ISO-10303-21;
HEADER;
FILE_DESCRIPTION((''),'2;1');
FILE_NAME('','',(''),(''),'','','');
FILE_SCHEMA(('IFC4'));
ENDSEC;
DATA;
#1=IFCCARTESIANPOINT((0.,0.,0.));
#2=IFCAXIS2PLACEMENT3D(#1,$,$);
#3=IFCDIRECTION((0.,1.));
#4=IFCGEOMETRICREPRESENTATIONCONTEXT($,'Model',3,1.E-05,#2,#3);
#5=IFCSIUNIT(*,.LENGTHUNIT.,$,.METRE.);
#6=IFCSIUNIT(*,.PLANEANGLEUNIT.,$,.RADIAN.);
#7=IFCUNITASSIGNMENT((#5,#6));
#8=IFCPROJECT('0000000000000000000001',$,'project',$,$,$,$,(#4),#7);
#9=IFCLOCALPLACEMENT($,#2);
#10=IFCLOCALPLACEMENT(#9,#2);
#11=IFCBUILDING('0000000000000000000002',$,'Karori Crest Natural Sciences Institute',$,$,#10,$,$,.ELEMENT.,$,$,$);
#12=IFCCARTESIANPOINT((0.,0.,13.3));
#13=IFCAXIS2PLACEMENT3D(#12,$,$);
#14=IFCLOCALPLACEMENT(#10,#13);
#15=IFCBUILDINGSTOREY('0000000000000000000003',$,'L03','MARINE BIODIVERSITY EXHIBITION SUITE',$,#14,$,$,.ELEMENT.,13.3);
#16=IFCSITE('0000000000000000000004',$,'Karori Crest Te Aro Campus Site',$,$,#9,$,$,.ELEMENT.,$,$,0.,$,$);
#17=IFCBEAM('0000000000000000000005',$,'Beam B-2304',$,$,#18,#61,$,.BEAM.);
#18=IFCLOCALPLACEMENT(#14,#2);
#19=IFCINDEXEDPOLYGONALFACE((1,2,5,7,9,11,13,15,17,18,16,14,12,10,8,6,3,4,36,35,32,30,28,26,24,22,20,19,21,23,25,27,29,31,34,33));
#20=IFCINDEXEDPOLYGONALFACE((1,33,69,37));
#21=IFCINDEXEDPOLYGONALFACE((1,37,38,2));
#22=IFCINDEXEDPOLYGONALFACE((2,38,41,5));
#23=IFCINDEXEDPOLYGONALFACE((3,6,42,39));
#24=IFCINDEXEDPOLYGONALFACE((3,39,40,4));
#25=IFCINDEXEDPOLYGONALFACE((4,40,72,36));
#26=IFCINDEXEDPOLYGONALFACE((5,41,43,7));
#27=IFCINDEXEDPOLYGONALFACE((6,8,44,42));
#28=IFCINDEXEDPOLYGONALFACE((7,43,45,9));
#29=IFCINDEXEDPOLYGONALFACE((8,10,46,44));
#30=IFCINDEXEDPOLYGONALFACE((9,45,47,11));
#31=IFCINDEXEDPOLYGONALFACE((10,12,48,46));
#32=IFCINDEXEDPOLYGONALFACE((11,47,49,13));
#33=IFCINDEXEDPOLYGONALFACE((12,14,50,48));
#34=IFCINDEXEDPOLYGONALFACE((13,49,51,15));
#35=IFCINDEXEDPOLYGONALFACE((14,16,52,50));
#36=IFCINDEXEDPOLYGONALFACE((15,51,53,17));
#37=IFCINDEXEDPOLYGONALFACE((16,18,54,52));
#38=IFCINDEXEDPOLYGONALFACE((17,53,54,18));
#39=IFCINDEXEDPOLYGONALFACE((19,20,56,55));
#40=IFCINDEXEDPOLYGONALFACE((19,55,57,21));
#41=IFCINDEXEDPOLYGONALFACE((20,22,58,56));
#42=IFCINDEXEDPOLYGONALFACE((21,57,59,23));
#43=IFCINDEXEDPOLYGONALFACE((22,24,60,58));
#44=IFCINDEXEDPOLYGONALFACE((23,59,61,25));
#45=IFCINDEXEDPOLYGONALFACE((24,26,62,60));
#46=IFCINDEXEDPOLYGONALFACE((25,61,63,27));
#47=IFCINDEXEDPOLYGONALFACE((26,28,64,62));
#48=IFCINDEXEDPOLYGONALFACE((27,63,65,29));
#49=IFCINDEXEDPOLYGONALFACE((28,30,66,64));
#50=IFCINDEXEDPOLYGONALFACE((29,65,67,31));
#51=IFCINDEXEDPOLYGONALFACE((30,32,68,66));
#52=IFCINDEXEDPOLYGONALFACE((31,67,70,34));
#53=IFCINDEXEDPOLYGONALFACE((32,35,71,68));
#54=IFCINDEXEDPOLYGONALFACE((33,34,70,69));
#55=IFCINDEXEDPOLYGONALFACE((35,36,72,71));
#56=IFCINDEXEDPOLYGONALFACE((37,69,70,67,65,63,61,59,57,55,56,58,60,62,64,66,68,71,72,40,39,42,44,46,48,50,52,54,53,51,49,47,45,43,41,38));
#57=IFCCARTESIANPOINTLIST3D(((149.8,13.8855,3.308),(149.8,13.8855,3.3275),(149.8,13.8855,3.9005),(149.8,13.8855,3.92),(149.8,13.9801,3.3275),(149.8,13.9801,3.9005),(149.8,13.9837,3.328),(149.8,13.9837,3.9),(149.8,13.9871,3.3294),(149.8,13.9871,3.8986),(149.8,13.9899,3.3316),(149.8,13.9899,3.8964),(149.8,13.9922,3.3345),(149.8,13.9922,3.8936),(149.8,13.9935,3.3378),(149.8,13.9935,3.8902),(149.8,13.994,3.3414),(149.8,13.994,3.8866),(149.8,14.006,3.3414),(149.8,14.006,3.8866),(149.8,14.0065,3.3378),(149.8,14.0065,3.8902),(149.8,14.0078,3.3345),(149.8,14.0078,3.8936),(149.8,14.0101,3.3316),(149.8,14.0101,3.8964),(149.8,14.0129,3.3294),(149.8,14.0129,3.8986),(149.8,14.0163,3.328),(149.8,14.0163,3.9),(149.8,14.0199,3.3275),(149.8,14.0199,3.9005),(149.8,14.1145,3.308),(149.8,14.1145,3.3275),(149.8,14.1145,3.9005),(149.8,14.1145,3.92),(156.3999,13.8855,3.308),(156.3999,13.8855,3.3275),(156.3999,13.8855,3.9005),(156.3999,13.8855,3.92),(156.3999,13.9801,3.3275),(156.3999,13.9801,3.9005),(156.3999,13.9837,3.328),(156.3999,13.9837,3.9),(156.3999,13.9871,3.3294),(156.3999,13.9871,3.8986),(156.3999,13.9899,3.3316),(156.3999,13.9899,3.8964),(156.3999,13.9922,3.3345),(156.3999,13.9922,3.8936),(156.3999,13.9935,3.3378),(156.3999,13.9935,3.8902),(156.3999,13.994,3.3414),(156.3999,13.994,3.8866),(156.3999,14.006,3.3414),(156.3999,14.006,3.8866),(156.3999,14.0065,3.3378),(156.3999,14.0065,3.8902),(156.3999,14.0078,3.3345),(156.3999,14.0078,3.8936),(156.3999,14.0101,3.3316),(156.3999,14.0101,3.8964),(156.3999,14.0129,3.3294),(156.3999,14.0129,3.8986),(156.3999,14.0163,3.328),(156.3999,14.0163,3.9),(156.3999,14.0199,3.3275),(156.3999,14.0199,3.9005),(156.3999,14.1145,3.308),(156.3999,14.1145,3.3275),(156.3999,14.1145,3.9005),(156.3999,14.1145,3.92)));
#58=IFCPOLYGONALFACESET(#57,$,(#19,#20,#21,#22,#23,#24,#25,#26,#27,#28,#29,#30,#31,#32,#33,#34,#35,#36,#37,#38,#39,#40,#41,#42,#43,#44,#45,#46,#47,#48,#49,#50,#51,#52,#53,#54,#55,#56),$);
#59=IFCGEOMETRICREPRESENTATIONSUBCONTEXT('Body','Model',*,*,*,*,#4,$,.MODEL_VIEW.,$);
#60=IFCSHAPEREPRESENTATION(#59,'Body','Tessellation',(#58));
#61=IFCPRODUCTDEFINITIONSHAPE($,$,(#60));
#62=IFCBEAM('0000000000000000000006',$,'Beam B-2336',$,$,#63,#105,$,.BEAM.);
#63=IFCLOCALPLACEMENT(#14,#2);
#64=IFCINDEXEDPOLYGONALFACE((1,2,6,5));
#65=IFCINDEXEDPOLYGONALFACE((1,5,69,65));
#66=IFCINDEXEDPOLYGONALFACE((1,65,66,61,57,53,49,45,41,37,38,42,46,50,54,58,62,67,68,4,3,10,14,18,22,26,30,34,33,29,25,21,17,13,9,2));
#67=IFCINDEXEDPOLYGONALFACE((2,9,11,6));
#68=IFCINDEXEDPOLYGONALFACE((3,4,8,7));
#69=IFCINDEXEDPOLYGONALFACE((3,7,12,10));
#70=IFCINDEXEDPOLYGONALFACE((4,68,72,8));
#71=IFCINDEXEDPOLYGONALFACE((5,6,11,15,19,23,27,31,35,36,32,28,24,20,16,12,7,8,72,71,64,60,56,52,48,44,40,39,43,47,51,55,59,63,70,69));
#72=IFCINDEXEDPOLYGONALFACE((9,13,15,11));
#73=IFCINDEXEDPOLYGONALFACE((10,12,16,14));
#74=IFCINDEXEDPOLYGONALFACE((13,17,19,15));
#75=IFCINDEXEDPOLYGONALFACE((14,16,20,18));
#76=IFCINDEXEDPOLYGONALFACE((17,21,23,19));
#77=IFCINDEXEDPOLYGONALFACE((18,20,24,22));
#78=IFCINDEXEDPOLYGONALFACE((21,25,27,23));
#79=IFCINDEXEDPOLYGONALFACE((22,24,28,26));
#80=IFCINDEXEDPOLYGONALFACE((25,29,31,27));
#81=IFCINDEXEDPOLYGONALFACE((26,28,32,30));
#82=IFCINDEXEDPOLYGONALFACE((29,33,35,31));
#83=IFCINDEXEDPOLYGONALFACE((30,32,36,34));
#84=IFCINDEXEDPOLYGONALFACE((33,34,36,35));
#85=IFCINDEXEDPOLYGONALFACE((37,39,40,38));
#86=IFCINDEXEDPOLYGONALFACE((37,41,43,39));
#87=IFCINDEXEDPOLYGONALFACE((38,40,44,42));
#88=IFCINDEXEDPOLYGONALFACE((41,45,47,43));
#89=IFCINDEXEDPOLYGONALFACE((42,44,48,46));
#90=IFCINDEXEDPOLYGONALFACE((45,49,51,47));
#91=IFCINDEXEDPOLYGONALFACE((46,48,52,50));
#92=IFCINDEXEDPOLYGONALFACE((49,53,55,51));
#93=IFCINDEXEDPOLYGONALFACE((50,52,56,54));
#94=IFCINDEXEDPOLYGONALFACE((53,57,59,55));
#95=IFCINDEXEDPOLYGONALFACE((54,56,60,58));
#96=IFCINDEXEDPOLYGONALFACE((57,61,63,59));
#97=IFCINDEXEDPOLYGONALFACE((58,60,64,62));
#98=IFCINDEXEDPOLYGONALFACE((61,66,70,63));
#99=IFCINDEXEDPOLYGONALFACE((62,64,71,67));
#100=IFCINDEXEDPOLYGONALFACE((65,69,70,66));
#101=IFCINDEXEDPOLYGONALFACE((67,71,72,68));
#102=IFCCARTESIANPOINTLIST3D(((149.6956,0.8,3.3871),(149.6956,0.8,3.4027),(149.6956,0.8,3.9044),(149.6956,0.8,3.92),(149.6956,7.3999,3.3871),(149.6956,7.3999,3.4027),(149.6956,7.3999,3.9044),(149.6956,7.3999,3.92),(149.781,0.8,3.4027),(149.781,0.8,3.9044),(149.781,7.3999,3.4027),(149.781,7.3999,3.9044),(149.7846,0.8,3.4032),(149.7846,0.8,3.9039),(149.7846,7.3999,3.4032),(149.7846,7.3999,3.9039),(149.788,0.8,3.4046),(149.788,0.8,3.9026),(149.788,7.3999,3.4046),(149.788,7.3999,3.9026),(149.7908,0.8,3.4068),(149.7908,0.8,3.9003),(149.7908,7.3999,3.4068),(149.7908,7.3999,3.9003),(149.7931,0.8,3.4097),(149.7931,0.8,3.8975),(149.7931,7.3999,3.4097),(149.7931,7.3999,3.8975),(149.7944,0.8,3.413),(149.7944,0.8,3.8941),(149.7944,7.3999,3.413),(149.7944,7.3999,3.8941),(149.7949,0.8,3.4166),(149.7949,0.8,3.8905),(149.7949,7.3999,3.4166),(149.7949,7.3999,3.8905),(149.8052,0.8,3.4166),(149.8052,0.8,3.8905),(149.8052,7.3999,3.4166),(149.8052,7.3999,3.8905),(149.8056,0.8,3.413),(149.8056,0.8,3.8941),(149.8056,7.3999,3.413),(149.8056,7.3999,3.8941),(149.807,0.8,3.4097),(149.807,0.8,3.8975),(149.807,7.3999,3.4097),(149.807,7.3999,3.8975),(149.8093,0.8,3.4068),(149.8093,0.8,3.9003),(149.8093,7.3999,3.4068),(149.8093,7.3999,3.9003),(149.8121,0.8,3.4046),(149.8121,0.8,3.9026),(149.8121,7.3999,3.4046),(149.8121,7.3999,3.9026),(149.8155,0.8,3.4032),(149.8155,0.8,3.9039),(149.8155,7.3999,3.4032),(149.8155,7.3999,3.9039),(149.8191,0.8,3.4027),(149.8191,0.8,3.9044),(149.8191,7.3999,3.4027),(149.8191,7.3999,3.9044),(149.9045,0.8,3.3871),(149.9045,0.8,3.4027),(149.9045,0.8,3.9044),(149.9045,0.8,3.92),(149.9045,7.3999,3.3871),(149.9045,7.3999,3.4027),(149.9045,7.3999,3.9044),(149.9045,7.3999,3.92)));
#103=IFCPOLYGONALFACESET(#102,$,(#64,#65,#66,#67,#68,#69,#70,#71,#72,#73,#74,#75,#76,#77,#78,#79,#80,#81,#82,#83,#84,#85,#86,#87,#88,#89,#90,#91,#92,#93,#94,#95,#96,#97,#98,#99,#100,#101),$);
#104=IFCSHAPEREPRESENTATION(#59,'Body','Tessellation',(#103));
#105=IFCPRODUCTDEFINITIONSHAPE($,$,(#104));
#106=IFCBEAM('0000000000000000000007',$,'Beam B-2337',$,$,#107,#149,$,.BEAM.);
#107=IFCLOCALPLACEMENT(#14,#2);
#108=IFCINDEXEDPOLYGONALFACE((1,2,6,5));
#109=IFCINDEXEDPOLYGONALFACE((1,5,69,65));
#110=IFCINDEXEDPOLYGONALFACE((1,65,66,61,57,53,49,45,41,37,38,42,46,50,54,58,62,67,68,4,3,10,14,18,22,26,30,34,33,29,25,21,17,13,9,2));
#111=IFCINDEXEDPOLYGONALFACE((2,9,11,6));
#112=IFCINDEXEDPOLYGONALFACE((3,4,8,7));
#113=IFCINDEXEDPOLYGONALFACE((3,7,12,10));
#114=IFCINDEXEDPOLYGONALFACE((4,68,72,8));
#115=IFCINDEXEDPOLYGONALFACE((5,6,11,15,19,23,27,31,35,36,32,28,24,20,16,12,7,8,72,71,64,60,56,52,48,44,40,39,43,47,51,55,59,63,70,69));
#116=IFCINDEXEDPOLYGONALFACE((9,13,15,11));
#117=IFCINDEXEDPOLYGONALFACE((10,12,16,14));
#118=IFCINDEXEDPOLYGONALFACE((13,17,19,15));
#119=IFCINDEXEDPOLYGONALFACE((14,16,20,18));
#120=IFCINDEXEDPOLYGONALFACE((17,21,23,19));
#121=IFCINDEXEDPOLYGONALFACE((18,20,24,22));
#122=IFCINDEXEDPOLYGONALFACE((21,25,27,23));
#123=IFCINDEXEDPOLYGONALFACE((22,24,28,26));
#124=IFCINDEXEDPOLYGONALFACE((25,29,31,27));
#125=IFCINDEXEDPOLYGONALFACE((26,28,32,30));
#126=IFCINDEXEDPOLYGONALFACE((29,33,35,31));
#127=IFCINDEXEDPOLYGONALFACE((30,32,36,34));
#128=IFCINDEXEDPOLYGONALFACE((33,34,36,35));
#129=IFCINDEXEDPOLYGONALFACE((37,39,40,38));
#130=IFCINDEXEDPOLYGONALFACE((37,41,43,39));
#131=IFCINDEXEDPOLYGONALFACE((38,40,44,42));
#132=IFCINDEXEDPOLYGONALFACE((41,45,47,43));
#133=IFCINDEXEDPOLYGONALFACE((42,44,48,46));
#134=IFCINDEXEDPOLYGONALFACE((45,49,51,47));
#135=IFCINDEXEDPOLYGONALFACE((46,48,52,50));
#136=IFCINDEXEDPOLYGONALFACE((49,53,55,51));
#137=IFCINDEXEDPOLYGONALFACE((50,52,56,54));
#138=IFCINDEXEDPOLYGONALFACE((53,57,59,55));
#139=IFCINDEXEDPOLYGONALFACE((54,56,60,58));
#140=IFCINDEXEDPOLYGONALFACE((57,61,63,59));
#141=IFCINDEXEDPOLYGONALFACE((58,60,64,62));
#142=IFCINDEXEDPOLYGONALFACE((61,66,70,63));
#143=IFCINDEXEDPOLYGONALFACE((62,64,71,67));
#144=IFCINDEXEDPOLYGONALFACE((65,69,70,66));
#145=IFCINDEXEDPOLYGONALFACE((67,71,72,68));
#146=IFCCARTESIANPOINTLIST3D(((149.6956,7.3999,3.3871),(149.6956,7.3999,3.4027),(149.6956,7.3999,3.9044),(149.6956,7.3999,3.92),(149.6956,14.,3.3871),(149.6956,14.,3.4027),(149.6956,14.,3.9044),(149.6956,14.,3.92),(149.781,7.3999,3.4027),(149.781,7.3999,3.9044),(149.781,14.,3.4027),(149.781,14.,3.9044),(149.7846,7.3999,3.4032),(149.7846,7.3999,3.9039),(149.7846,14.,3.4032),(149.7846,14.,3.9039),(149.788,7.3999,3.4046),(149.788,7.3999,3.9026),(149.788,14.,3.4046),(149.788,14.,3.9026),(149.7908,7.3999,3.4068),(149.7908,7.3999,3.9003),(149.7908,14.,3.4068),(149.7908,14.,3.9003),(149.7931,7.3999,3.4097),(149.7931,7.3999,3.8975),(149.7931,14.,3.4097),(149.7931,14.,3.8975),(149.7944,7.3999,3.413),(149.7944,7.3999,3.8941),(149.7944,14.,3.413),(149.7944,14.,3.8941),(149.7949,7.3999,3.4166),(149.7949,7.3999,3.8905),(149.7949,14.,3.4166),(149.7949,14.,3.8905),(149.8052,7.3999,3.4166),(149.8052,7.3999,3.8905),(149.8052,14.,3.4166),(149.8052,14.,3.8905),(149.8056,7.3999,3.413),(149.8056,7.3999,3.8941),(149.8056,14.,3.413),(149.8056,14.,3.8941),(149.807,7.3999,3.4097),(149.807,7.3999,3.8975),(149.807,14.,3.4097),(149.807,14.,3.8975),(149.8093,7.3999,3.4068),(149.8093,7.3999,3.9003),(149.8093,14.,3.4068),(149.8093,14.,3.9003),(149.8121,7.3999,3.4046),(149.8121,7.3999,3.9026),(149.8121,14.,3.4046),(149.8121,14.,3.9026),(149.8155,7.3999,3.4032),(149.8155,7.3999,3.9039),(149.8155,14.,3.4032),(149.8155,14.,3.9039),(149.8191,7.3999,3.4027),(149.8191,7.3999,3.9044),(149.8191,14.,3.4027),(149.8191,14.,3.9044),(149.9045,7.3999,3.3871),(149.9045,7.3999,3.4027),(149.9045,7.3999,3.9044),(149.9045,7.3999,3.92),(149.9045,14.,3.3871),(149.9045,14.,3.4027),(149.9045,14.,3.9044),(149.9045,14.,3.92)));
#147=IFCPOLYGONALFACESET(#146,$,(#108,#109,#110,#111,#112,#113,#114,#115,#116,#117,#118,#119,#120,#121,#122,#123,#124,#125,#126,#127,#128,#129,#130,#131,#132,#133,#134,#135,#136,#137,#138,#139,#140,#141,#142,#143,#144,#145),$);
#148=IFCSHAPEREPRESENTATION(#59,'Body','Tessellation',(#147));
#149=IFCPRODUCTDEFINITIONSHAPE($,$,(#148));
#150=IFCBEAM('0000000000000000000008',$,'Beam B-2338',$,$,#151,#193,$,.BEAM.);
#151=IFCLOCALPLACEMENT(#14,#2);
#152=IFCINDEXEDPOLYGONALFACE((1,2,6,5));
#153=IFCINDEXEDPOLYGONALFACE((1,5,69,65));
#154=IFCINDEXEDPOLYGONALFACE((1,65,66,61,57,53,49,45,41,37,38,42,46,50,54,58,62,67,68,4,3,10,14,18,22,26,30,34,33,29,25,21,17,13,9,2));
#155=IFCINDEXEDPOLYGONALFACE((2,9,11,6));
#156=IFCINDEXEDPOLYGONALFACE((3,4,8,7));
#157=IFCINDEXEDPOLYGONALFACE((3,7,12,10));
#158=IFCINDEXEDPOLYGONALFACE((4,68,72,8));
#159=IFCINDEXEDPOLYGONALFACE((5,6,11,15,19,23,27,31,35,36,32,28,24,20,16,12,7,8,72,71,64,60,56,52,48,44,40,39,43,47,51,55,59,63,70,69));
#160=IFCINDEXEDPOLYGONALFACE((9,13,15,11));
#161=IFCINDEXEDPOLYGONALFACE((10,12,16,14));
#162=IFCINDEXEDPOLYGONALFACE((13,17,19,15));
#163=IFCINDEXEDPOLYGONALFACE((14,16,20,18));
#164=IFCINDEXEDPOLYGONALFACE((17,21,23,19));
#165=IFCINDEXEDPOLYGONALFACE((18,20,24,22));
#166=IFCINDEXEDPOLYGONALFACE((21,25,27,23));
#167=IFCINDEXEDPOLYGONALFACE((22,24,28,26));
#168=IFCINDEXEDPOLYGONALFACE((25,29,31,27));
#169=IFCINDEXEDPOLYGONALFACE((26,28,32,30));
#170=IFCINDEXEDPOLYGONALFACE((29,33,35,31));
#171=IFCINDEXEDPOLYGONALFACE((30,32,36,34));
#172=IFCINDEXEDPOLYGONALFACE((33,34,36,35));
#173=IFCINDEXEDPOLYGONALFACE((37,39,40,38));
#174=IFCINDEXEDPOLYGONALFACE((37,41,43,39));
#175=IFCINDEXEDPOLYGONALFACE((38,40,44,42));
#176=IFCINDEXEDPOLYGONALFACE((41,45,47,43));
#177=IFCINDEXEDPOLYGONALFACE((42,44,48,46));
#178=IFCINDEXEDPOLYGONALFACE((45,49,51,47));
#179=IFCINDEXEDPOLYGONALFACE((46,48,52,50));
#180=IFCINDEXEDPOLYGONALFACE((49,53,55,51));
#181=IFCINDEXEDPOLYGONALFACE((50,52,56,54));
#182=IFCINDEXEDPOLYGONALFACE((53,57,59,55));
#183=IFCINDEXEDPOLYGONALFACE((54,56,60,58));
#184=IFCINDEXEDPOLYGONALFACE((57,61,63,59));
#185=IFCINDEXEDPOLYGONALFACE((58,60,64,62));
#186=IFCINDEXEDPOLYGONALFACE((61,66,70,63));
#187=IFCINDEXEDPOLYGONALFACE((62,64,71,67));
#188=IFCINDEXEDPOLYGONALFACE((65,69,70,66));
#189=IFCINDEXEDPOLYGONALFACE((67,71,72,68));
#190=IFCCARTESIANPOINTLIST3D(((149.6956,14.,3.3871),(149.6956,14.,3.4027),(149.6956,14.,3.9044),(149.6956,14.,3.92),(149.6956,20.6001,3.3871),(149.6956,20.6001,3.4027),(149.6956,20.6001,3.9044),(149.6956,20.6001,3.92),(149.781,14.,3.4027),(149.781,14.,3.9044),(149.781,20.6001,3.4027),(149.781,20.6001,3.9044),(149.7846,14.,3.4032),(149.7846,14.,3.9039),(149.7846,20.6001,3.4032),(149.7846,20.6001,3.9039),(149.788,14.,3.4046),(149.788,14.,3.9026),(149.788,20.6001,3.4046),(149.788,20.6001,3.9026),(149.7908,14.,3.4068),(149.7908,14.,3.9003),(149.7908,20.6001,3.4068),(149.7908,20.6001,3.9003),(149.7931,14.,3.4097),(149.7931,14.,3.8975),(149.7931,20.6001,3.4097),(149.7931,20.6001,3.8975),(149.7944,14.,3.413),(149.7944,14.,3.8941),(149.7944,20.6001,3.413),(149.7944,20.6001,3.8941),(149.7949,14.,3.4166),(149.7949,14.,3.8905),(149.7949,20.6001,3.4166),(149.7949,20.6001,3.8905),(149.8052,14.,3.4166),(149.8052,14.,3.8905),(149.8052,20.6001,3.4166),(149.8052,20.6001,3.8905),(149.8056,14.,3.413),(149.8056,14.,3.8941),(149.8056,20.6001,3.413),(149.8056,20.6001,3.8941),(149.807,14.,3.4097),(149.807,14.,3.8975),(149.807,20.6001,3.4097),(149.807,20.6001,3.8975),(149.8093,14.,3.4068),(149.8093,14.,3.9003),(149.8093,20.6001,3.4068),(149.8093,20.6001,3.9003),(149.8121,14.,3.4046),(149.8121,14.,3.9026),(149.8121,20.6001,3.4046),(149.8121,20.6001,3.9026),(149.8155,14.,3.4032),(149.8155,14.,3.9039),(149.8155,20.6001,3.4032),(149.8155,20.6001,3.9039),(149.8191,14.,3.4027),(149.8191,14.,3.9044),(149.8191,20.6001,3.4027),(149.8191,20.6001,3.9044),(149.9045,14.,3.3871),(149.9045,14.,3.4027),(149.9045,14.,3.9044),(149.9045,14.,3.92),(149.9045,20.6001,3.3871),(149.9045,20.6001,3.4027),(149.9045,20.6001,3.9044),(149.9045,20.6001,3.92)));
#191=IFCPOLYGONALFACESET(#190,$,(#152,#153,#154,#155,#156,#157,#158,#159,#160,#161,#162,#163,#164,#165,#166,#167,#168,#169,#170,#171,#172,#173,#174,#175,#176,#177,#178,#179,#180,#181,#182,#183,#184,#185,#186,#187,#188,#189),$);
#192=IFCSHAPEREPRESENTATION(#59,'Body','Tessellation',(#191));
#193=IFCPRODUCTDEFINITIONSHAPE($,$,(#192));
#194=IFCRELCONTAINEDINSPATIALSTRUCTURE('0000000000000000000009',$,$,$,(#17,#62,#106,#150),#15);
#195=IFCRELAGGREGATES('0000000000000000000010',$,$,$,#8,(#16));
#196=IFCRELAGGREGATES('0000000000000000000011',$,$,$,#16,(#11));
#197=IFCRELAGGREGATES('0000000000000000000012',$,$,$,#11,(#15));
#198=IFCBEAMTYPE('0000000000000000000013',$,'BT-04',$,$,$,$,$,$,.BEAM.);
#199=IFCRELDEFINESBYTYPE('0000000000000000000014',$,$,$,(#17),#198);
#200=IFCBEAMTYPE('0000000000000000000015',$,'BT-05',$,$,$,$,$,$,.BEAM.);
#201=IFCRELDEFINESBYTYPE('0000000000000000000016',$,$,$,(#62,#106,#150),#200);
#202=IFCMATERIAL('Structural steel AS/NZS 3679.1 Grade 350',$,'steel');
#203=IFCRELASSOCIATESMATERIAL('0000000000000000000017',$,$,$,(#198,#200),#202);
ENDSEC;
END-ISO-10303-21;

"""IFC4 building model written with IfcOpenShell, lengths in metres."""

from ifc_helpers import new_model, si_unit, direction, frame, origin, origin_2d, place, context, subcontext, project, spatial, i_section, extrude, material, material_profile, profile_set, type_object, element, save


model = new_model("IFC4")

# Units and contexts
model_context = context("Model", 3, precision=1e-05, world=origin(), true_north=direction((0.0, 1.0)))
body_context = subcontext(model_context, "Body", "Model", "MODEL_VIEW")
ifc_project = project(units=[si_unit("LENGTHUNIT", "METRE"), si_unit("PLANEANGLEUNIT", "RADIAN")], contexts=[model_context])

# Site, building, storey
site_placement = place(None, origin())
site = spatial("IfcSite", under=ifc_project, at=site_placement, Name="Karori Crest Te Aro Campus Site", CompositionType="ELEMENT", RefElevation=0.0)
building_placement = place(site_placement, origin())
building = spatial("IfcBuilding", under=site, at=building_placement, Name="Karori Crest Natural Sciences Institute", CompositionType="ELEMENT")
storey_placement = place(building_placement, frame((0.0, 0.0, 13.3)))
storey = spatial("IfcBuildingStorey", under=building, at=storey_placement, Name="L03", Description="MARINE BIODIVERSITY EXHIBITION SUITE", CompositionType="ELEMENT", Elevation=13.3)

# Shared definitions
ifc_material_1 = material(Name="Structural steel AS/NZS 3679.1 Grade 350", Category="steel")

# Beams
ifc_material_profile_1 = material_profile(ifc_material_1, i_section(OverallWidth=0.229, OverallDepth=0.6121, WebThickness=0.012, FlangeThickness=0.0195, FilletRadius=0.0139, at=origin_2d()), Name="610UB125")
ifc_profile_set_1 = profile_set([ifc_material_profile_1], Name="Structural steel AS/NZS 3679.1 Grade 350")
beam_type_1 = type_object("IfcBeamType", Name="BT-04", PredefinedType="BEAM", material=ifc_profile_set_1)
for number, where, z_axis, x_axis, name in (
    (1, (149.8, 14.0, 3.614), (1.0, 0.0, 0.0), (0.0, 1.0, 0.0), "Beam B-2304"),
):
    element("IfcBeam", number, at=place(storey_placement, frame(where, z_axis=z_axis, x_axis=x_axis)), inside=storey, type_object=beam_type_1, Name=name, PredefinedType="BEAM", context=body_context, shape_type="SweptSolid", body=[
        extrude(i_section(OverallWidth=0.229, OverallDepth=0.6121, WebThickness=0.012, FlangeThickness=0.0195, FilletRadius=0.0139, at=origin_2d()), origin(), (0.0, 0.0, 1.0), 6.5999),
    ])
ifc_material_profile_2 = material_profile(ifc_material_1, i_section(OverallWidth=0.209, OverallDepth=0.533, WebThickness=0.0103, FlangeThickness=0.0156, FilletRadius=0.0139, at=origin_2d()), Name="530UB92.4")
ifc_profile_set_2 = profile_set([ifc_material_profile_2], Name="Structural steel AS/NZS 3679.1 Grade 350")
beam_type_2 = type_object("IfcBeamType", Name="BT-05", PredefinedType="BEAM", material=ifc_profile_set_2)
beam_1_placement = place(storey_placement, frame((149.8, 0.8, 3.6536), z_axis=(0.0, 1.0, 0.0), x_axis=(-1.0, 0.0, 0.0)))
element("IfcBeam", 2, at=beam_1_placement, inside=storey, type_object=beam_type_2, Name="Beam B-2336", PredefinedType="BEAM", context=body_context, shape_type="SweptSolid", body=[
    extrude(i_section(OverallWidth=0.209, OverallDepth=0.533, WebThickness=0.0103, FlangeThickness=0.0156, FilletRadius=0.0139, at=origin_2d()), origin(), (0.0, 0.0, 1.0), 6.5999),
])
for number, where, z_axis, x_axis, name in (
    (3, (149.8, 7.3999, 3.6536), (0.0, 1.0, 0.0), (-1.0, 0.0, 0.0), "Beam B-2337"),
    (4, (149.8, 14.0, 3.6536), (0.0, 1.0, 0.0), (-1.0, 0.0, 0.0), "Beam B-2338"),
):
    element("IfcBeam", number, at=place(storey_placement, frame(where, z_axis=z_axis, x_axis=x_axis)), inside=storey, type_object=beam_type_2, Name=name, PredefinedType="BEAM", context=body_context, shape_type="SweptSolid", body=[
        extrude(i_section(OverallWidth=0.209, OverallDepth=0.533, WebThickness=0.0103, FlangeThickness=0.0156, FilletRadius=0.0139, at=origin_2d()), origin(), (0.0, 0.0, 1.0), 6.6001),
    ])

save(model, "model.ifc")
